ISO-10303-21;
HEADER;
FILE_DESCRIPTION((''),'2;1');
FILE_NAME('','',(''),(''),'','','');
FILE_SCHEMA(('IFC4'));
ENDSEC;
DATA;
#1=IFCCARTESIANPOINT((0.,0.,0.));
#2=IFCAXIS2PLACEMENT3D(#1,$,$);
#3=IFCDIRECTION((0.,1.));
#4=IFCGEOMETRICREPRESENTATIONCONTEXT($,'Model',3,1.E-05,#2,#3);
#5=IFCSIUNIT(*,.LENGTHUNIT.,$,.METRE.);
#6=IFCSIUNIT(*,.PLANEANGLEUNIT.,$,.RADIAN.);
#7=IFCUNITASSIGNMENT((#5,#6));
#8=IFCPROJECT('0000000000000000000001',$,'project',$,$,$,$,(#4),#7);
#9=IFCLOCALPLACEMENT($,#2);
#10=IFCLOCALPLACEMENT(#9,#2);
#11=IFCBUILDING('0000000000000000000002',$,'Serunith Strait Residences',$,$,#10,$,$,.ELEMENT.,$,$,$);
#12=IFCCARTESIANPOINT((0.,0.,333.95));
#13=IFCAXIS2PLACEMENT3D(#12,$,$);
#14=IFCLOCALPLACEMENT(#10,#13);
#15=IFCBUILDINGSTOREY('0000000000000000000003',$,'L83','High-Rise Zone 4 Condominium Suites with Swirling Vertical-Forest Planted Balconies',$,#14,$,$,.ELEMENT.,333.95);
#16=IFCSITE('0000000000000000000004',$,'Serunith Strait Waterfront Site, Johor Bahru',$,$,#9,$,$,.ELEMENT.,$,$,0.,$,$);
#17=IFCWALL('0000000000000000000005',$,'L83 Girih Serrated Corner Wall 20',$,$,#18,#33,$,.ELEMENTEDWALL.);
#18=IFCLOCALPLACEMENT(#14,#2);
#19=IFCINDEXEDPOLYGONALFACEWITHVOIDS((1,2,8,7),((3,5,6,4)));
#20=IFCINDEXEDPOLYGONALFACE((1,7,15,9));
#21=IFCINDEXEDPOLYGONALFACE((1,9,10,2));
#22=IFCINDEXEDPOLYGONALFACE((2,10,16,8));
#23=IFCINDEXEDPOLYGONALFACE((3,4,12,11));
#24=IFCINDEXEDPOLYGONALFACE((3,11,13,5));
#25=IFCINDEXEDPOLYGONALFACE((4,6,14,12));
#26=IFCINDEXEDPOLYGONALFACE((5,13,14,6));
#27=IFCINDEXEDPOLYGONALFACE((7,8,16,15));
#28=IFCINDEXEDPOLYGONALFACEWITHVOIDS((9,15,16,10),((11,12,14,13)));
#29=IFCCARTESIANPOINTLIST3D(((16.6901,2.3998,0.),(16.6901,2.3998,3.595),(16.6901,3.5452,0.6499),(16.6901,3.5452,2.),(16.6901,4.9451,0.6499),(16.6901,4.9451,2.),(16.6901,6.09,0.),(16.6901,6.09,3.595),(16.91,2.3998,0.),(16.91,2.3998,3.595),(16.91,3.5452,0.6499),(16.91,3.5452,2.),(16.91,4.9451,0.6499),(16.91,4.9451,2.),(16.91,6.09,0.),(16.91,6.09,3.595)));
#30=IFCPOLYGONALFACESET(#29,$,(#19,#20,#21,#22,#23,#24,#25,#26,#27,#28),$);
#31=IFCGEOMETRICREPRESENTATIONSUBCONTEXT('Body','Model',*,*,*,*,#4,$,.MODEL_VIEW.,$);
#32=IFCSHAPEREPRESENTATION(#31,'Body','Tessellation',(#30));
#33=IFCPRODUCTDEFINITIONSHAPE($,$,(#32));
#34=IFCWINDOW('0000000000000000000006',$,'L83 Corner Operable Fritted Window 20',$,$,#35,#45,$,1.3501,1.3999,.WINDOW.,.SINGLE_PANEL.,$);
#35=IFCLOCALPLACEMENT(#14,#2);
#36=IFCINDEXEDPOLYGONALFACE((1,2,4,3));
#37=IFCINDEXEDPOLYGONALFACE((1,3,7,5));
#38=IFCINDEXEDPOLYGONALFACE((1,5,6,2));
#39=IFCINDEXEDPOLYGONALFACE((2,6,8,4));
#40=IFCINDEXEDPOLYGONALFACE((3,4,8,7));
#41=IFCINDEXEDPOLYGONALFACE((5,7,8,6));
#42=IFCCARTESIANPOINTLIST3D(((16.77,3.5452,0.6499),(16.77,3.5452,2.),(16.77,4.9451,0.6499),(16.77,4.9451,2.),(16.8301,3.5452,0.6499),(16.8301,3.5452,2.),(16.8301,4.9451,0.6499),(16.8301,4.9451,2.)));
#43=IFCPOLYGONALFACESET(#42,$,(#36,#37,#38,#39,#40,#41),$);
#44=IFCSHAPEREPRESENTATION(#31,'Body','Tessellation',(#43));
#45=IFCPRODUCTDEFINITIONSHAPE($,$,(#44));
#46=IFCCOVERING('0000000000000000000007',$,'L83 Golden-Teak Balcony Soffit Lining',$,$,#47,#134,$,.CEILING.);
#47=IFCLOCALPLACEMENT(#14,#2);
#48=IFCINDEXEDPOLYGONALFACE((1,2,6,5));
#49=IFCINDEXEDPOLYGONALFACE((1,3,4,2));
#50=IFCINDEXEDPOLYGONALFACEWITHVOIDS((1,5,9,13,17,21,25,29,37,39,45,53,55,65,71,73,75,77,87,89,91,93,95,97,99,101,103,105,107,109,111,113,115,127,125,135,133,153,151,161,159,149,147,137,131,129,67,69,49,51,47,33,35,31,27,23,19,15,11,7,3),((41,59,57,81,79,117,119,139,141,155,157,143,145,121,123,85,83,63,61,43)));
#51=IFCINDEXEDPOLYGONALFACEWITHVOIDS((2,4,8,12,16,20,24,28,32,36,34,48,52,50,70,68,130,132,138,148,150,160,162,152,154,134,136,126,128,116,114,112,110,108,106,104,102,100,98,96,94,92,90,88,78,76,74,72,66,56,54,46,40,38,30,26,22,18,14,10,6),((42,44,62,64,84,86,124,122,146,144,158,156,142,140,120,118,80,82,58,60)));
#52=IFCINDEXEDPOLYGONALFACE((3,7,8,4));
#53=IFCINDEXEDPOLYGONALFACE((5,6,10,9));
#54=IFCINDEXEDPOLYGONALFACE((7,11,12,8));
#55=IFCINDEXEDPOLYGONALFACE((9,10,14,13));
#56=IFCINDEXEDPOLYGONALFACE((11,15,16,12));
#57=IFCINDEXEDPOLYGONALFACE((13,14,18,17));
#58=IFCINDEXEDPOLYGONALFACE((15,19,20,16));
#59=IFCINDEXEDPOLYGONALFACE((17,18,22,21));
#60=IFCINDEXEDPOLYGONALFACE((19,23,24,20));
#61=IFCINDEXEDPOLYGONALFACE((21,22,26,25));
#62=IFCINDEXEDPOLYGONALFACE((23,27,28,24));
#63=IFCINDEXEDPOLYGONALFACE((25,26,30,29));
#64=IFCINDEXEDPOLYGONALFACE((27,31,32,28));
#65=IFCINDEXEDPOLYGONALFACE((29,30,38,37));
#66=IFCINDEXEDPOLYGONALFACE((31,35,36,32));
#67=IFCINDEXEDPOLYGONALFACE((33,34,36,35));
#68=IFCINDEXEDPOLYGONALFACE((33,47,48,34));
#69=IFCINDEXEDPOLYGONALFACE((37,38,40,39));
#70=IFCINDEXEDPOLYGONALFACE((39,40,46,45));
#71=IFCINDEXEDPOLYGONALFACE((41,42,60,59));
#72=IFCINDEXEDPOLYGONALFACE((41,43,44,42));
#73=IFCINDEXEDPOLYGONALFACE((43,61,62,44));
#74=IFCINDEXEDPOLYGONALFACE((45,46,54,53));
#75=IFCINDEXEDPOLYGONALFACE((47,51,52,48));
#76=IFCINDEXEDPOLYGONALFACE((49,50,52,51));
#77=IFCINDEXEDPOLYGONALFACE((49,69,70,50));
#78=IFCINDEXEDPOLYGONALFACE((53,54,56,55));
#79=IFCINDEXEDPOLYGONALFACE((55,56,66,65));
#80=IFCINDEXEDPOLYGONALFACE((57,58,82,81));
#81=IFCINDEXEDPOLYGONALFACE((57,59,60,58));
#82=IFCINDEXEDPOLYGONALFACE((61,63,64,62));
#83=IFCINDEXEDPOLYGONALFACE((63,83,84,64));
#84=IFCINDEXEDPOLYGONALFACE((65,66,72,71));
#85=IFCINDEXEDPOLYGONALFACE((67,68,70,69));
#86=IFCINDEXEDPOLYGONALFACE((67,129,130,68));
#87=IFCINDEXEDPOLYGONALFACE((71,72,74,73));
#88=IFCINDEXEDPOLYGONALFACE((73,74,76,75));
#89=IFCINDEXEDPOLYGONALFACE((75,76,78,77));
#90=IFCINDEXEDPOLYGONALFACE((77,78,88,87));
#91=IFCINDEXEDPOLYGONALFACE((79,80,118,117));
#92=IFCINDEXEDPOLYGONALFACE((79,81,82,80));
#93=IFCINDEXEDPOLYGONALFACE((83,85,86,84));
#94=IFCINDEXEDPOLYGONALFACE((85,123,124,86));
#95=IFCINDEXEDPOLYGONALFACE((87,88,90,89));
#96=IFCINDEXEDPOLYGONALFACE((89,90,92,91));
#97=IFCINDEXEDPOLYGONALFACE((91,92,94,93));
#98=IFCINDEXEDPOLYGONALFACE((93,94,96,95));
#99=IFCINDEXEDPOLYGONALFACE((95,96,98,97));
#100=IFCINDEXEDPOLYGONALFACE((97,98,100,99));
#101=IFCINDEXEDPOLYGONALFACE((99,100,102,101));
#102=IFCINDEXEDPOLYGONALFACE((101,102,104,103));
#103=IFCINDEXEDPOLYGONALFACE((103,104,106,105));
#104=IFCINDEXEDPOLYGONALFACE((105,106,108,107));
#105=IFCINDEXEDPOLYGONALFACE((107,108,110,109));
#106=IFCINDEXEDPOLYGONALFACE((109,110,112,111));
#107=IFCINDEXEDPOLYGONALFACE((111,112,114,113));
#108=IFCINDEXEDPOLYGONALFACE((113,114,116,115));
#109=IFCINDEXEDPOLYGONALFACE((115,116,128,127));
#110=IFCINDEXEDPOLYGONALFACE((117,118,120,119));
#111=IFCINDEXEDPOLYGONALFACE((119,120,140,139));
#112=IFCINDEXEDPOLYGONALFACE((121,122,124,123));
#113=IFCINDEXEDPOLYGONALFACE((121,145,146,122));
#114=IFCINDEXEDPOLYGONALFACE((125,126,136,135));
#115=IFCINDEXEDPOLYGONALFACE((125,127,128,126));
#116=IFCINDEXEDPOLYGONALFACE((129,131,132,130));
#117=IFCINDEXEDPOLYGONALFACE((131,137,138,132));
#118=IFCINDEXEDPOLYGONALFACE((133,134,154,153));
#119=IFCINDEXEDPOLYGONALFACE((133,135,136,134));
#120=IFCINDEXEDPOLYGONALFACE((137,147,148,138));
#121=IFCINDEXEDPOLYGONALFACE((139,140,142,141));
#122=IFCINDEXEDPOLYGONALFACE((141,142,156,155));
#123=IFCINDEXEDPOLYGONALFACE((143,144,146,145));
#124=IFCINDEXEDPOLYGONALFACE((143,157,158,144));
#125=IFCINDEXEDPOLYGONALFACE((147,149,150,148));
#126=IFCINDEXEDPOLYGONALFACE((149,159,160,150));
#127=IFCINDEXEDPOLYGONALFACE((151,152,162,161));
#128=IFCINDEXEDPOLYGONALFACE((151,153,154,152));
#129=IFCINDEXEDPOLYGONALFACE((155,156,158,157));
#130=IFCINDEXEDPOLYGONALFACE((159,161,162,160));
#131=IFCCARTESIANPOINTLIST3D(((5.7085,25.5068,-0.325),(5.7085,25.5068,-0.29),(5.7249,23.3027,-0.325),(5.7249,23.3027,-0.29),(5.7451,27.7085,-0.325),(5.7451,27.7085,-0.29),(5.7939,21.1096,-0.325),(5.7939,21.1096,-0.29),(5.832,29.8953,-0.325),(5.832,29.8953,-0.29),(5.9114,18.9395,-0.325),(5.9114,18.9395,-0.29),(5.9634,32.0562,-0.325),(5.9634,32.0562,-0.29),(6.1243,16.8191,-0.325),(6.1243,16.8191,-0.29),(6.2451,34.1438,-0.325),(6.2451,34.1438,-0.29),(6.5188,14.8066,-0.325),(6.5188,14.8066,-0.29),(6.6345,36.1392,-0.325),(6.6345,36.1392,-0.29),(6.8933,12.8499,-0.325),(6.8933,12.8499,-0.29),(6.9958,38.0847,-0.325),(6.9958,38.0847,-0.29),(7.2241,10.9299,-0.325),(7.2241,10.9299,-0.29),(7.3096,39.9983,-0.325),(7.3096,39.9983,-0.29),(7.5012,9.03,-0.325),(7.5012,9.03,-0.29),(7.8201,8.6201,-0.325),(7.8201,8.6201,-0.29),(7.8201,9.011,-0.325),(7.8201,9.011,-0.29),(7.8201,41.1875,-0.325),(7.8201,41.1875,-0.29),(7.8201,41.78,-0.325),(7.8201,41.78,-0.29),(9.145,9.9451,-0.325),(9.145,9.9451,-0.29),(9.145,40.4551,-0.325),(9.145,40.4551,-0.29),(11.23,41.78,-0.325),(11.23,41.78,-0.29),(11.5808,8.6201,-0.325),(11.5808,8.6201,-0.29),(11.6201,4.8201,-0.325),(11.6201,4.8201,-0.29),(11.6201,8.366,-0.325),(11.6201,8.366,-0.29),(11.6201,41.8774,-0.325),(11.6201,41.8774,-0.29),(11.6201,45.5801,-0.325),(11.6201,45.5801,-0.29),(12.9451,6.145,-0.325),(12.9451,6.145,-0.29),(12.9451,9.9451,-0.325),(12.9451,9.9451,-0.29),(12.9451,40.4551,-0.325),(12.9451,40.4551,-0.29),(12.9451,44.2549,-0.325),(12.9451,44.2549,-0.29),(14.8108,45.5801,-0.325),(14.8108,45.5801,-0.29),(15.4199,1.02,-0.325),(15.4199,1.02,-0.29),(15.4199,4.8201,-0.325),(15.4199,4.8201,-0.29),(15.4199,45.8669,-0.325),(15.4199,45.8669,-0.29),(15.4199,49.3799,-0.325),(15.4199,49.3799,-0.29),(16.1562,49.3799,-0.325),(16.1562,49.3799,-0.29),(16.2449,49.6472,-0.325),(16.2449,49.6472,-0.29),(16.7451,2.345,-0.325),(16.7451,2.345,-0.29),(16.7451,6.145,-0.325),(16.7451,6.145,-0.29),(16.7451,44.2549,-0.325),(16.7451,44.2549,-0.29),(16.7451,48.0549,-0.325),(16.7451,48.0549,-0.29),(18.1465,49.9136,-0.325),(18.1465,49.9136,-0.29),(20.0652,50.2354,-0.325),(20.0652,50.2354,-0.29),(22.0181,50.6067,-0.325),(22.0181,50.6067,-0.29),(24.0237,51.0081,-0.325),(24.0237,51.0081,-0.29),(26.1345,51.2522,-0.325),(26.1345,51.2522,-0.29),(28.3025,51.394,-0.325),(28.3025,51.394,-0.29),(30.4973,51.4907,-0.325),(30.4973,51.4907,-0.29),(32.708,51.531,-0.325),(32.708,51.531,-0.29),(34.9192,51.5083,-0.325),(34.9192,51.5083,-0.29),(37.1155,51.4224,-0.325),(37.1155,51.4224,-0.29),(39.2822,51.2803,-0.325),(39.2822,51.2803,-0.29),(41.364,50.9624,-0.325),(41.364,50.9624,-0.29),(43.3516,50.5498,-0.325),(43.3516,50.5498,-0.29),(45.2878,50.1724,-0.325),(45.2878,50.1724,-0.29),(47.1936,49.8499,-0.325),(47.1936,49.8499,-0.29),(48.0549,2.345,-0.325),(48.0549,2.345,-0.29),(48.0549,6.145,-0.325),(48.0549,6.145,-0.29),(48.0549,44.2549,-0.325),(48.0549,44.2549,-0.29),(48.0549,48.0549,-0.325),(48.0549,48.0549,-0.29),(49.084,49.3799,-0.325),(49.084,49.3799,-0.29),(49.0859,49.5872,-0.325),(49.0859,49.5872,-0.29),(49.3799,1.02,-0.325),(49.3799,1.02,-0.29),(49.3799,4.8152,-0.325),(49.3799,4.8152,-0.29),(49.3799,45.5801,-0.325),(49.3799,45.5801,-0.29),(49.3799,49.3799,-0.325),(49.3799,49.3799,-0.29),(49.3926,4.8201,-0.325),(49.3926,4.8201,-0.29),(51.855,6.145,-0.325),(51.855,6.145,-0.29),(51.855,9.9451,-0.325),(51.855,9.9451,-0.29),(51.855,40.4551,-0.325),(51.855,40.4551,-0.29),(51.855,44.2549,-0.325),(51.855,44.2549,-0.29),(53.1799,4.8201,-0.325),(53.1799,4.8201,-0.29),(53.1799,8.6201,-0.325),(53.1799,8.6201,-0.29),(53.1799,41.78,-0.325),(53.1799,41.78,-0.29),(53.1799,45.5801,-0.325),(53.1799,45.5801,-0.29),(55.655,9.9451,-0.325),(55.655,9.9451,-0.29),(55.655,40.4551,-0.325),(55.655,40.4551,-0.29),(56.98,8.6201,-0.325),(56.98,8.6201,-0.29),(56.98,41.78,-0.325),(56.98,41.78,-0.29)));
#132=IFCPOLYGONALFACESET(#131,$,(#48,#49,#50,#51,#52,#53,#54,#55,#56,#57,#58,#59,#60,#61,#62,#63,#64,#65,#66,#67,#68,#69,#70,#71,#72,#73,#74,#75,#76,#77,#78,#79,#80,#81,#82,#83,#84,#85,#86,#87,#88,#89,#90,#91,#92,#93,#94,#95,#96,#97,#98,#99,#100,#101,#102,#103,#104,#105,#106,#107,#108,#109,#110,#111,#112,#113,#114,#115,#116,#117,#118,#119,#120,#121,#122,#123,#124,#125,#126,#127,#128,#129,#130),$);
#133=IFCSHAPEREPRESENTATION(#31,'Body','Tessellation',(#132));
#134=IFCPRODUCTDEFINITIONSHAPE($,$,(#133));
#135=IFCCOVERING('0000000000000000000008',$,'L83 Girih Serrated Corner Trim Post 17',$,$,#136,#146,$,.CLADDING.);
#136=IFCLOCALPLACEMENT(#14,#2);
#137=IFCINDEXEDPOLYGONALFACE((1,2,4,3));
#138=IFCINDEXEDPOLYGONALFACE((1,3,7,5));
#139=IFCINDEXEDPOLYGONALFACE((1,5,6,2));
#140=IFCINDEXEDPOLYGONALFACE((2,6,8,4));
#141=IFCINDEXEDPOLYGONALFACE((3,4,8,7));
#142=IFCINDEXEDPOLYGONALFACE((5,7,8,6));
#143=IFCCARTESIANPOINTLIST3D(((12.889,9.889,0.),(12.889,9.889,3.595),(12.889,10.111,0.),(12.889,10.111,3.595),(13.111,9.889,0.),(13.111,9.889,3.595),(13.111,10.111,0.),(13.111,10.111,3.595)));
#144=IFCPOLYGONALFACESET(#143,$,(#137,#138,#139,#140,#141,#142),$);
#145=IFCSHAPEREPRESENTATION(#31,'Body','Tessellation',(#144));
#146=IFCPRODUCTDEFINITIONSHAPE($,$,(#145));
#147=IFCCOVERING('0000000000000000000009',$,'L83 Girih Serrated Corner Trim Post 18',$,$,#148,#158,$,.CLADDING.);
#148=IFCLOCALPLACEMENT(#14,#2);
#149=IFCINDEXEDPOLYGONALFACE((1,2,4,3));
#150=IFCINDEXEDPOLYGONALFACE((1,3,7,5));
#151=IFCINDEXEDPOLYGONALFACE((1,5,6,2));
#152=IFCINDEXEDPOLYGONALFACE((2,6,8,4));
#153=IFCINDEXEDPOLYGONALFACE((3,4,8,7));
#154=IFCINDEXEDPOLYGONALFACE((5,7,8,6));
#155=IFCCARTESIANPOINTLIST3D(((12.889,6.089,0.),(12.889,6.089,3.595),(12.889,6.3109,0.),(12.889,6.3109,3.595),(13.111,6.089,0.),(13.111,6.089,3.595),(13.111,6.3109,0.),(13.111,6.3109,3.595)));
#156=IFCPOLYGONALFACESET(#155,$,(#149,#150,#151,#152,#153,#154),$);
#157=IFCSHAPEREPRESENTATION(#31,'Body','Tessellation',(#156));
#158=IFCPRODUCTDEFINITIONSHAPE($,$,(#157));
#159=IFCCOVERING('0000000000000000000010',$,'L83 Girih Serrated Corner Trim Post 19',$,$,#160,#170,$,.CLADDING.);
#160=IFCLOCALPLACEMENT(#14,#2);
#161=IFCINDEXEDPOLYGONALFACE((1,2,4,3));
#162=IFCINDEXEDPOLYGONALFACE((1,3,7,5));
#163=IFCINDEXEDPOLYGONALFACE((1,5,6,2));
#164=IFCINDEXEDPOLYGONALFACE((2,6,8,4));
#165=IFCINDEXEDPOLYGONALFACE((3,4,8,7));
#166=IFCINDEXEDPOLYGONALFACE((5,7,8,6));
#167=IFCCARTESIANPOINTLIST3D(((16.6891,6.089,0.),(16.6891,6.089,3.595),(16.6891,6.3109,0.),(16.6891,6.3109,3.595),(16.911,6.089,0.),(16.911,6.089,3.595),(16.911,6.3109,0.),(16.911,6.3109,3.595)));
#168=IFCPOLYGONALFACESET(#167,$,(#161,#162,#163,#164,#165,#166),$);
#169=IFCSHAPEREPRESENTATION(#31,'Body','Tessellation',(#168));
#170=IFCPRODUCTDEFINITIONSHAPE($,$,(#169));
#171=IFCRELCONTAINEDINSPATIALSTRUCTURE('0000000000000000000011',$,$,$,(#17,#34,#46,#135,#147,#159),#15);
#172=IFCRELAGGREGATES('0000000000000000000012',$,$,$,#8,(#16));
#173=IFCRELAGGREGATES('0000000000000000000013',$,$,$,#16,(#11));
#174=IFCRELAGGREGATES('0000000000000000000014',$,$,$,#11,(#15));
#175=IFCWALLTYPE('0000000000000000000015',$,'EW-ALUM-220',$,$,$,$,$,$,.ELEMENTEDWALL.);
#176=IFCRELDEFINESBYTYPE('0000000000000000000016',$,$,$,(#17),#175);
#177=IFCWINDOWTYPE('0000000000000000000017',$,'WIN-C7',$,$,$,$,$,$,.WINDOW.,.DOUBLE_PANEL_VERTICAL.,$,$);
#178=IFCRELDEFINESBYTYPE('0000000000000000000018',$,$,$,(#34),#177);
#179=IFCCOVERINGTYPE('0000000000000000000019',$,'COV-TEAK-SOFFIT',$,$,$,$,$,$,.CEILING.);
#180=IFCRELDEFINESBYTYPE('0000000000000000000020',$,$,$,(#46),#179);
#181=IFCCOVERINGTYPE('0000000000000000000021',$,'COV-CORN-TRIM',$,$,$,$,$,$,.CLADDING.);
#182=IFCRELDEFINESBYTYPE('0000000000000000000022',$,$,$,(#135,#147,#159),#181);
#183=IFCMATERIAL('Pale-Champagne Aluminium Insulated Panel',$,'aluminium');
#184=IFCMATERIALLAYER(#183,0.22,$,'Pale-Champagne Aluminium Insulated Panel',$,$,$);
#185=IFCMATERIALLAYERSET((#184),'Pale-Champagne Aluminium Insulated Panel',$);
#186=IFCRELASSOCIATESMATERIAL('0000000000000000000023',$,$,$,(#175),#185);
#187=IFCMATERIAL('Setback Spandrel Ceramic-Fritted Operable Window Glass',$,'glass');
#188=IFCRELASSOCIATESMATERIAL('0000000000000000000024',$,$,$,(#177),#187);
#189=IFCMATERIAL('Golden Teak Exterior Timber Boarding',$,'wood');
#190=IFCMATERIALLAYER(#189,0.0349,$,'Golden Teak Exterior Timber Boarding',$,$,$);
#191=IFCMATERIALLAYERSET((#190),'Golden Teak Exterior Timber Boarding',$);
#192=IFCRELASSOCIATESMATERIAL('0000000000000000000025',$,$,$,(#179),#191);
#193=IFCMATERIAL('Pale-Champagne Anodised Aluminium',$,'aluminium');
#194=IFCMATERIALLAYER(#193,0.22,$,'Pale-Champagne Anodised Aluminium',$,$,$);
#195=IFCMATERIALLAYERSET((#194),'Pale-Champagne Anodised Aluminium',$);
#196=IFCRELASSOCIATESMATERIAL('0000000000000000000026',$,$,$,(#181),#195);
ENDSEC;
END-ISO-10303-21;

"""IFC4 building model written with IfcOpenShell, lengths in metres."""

from ifc_helpers import new_model, si_unit, direction, frame, frame_2d, origin, origin_2d, place, context, subcontext, project, spatial, polyline, rectangle, outline, extrude, source, transform, mapped, material, layer, layer_set, type_object, element, fill, save


model = new_model("IFC4")

# Units and contexts
model_context = context("Model", 3, precision=1e-05, world=origin(), true_north=direction((0.0, 1.0)))
body_context = subcontext(model_context, "Body", "Model", "MODEL_VIEW")
ifc_project = project(units=[si_unit("LENGTHUNIT", "METRE"), si_unit("PLANEANGLEUNIT", "RADIAN")], contexts=[model_context])

# Site, building, storey
site_placement = place(None, origin())
site = spatial("IfcSite", under=ifc_project, at=site_placement, Name="Serunith Strait Waterfront Site, Johor Bahru", CompositionType="ELEMENT", RefElevation=0.0)
building_placement = place(site_placement, origin())
building = spatial("IfcBuilding", under=site, at=building_placement, Name="Serunith Strait Residences", CompositionType="ELEMENT")
storey_placement = place(building_placement, frame((0.0, 0.0, 333.95)))
storey = spatial("IfcBuildingStorey", under=building, at=storey_placement, Name="L83", Description="High-Rise Zone 4 Condominium Suites with Swirling Vertical-Forest Planted Balconies", CompositionType="ELEMENT", Elevation=333.95)

# Wall, opening, window
ifc_material_1 = material(Name="Pale-Champagne Aluminium Insulated Panel", Category="aluminium")
ifc_layer_1 = layer(ifc_material_1, 0.22, Name="Pale-Champagne Aluminium Insulated Panel")
ifc_layer_set_1 = layer_set([ifc_layer_1], Name="Pale-Champagne Aluminium Insulated Panel")
wall_type = type_object("IfcWallType", Name="EW-ALUM-220", PredefinedType="ELEMENTEDWALL", material=ifc_layer_set_1)
ifc_material_2 = material(Name="Setback Spandrel Ceramic-Fritted Operable Window Glass", Category="glass")
window_type = type_object("IfcWindowType", Name="WIN-C7", PartitioningType="DOUBLE_PANEL_VERTICAL", PredefinedType="WINDOW", material=ifc_material_2)
shared_shape_1 = source(origin(), body_context, "Body", "SweptSolid", [
    extrude(rectangle(XDim=1.3999, YDim=1.3501, at=frame_2d((0.7, 0.675))), frame((0.0, 0.03, 0.0), z_axis=(0.0, -1.0, 0.0), x_axis=(1.0, 0.0, 0.0)), (0.0, 0.0, 1.0), 0.0601),
])
wall_1_placement = place(storey_placement, frame((16.8, 6.0901, 0.0), z_axis=(0.0, 0.0, 1.0), x_axis=(0.0, -1.0, 0.0)))
wall_1 = element("IfcWall", 1, at=wall_1_placement, inside=storey, type_object=wall_type, Name="L83 Girih Serrated Corner Wall 20", PredefinedType="ELEMENTEDWALL", context=body_context, shape_type="SweptSolid", body=[
    extrude(rectangle(XDim=3.6902, YDim=0.22, at=frame_2d((1.8452, 0.0))), origin(), (0.0, 0.0, 1.0), 3.595),
])
opening_1_placement = place(wall_1_placement, frame((1.145, 0.0, 0.6499)))
opening_1 = element("IfcOpeningElement", 2, at=opening_1_placement, cuts=wall_1, PredefinedType="OPENING", context=body_context, shape_type="SweptSolid", body=[
    extrude(rectangle(XDim=1.3999, YDim=1.3501, at=frame_2d((0.7, 0.675))), frame((0.0, 0.1201, 0.0), z_axis=(0.0, -1.0, 0.0), x_axis=(1.0, 0.0, 0.0)), (0.0, 0.0, 1.0), 0.24),
])
window_1_placement = place(opening_1_placement, origin())
window_1 = element("IfcWindow", 3, at=window_1_placement, inside=storey, type_object=window_type, Name="L83 Corner Operable Fritted Window 20", OverallHeight=1.3501, OverallWidth=1.3999, PartitioningType="SINGLE_PANEL", PredefinedType="WINDOW", context=body_context, shape_type="MappedRepresentation", body=[
    mapped(shared_shape_1, transform((0.0, 0.0, 0.0), scale=1.0)),
])
fill(opening_1, window_1)

# Covering
ifc_material_3 = material(Name="Golden Teak Exterior Timber Boarding", Category="wood")
ifc_layer_2 = layer(ifc_material_3, 0.0349, Name="Golden Teak Exterior Timber Boarding")
ifc_layer_set_2 = layer_set([ifc_layer_2], Name="Golden Teak Exterior Timber Boarding")
covering_type_1 = type_object("IfcCoveringType", Name="COV-TEAK-SOFFIT", PredefinedType="CEILING", material=ifc_layer_set_2)
covering_placement = place(storey_placement, frame((0.0, 0.0, -0.325)))
element("IfcCovering", 4, at=covering_placement, inside=storey, type_object=covering_type_1, Name="L83 Golden-Teak Balcony Soffit Lining", PredefinedType="CEILING", context=body_context, shape_type="SweptSolid", body=[
    extrude(outline(polyline([(7.8201, 8.6201), (7.8201, 9.011), (7.5012, 9.03), (7.2241, 10.9299), (6.8933, 12.8499), (6.5188, 14.8066), (6.1243, 16.8191), (5.9114, 18.9395), (5.7939, 21.1096), (5.7249, 23.3027), (5.7085, 25.5068), (5.7451, 27.7085), (5.832, 29.8953), (5.9634, 32.0562), (6.2451, 34.1438), (6.6345, 36.1392), (6.9958, 38.0847), (7.3096, 39.9983), (7.8201, 41.1875), (7.8201, 41.78), (11.23, 41.78), (11.6201, 41.8774), (11.6201, 45.5801), (14.8108, 45.5801), (15.4199, 45.8669), (15.4199, 49.3799), (16.1562, 49.3799), (16.2449, 49.6472), (18.1465, 49.9136), (20.0652, 50.2354), (22.0181, 50.6067), (24.0237, 51.0081), (26.1345, 51.2522), (28.3025, 51.394), (30.4973, 51.4907), (32.708, 51.531), (34.9192, 51.5083), (37.1155, 51.4224), (39.2822, 51.2803), (41.364, 50.9624), (43.3516, 50.5498), (45.2878, 50.1724), (47.1936, 49.8499), (49.0859, 49.5872), (49.084, 49.3799), (49.3799, 49.3799), (49.3799, 45.5801), (53.1799, 45.5801), (53.1799, 41.78), (56.98, 41.78), (56.98, 8.6201), (53.1799, 8.6201), (53.1799, 4.8201), (49.3926, 4.8201), (49.3799, 4.8152), (49.3799, 1.02), (15.4199, 1.02), (15.4199, 4.8201), (11.6201, 4.8201), (11.6201, 8.366), (11.5808, 8.6201), (7.8201, 8.6201)]), holes=[polyline([(48.0549, 2.345), (48.0549, 6.145), (51.855, 6.145), (51.855, 9.9451), (55.655, 9.9451), (55.655, 40.4551), (51.855, 40.4551), (51.855, 44.2549), (48.0549, 44.2549), (48.0549, 48.0549), (16.7451, 48.0549), (16.7451, 44.2549), (12.9451, 44.2549), (12.9451, 40.4551), (9.145, 40.4551), (9.145, 9.9451), (12.9451, 9.9451), (12.9451, 6.145), (16.7451, 6.145), (16.7451, 2.345), (48.0549, 2.345)])]), origin(), (0.0, 0.0, 1.0), 0.0349),
])

# Coverings
ifc_material_4 = material(Name="Pale-Champagne Anodised Aluminium", Category="aluminium")
ifc_layer_3 = layer(ifc_material_4, 0.22, Name="Pale-Champagne Anodised Aluminium")
ifc_layer_set_3 = layer_set([ifc_layer_3], Name="Pale-Champagne Anodised Aluminium")
covering_type_2 = type_object("IfcCoveringType", Name="COV-CORN-TRIM", PredefinedType="CLADDING", material=ifc_layer_set_3)
shared_shape_2 = source(origin(), body_context, "Body", "SweptSolid", [
    extrude(rectangle(XDim=0.2219, YDim=0.2219, at=origin_2d()), origin(), (0.0, 0.0, 1.0), 3.595),
])
for number, where, z_axis, x_axis, name in (
    (5, (13.0, 10.0, 0.0), (0.0, 0.0, 1.0), (1.0, 0.0, 0.0), "L83 Girih Serrated Corner Trim Post 17"),
    (6, (13.0, 6.2, 0.0), (0.0, 0.0, 1.0), (1.0, 0.0, 0.0), "L83 Girih Serrated Corner Trim Post 18"),
    (7, (16.8, 6.2, 0.0), (0.0, 0.0, 1.0), (1.0, 0.0, 0.0), "L83 Girih Serrated Corner Trim Post 19"),
):
    element("IfcCovering", number, at=place(storey_placement, frame(where, z_axis=z_axis, x_axis=x_axis)), inside=storey, type_object=covering_type_2, Name=name, PredefinedType="CLADDING", context=body_context, shape_type="MappedRepresentation", body=[
        mapped(shared_shape_2, transform((0.0, 0.0, 0.0), scale=1.0)),
    ])

save(model, "model.ifc")
